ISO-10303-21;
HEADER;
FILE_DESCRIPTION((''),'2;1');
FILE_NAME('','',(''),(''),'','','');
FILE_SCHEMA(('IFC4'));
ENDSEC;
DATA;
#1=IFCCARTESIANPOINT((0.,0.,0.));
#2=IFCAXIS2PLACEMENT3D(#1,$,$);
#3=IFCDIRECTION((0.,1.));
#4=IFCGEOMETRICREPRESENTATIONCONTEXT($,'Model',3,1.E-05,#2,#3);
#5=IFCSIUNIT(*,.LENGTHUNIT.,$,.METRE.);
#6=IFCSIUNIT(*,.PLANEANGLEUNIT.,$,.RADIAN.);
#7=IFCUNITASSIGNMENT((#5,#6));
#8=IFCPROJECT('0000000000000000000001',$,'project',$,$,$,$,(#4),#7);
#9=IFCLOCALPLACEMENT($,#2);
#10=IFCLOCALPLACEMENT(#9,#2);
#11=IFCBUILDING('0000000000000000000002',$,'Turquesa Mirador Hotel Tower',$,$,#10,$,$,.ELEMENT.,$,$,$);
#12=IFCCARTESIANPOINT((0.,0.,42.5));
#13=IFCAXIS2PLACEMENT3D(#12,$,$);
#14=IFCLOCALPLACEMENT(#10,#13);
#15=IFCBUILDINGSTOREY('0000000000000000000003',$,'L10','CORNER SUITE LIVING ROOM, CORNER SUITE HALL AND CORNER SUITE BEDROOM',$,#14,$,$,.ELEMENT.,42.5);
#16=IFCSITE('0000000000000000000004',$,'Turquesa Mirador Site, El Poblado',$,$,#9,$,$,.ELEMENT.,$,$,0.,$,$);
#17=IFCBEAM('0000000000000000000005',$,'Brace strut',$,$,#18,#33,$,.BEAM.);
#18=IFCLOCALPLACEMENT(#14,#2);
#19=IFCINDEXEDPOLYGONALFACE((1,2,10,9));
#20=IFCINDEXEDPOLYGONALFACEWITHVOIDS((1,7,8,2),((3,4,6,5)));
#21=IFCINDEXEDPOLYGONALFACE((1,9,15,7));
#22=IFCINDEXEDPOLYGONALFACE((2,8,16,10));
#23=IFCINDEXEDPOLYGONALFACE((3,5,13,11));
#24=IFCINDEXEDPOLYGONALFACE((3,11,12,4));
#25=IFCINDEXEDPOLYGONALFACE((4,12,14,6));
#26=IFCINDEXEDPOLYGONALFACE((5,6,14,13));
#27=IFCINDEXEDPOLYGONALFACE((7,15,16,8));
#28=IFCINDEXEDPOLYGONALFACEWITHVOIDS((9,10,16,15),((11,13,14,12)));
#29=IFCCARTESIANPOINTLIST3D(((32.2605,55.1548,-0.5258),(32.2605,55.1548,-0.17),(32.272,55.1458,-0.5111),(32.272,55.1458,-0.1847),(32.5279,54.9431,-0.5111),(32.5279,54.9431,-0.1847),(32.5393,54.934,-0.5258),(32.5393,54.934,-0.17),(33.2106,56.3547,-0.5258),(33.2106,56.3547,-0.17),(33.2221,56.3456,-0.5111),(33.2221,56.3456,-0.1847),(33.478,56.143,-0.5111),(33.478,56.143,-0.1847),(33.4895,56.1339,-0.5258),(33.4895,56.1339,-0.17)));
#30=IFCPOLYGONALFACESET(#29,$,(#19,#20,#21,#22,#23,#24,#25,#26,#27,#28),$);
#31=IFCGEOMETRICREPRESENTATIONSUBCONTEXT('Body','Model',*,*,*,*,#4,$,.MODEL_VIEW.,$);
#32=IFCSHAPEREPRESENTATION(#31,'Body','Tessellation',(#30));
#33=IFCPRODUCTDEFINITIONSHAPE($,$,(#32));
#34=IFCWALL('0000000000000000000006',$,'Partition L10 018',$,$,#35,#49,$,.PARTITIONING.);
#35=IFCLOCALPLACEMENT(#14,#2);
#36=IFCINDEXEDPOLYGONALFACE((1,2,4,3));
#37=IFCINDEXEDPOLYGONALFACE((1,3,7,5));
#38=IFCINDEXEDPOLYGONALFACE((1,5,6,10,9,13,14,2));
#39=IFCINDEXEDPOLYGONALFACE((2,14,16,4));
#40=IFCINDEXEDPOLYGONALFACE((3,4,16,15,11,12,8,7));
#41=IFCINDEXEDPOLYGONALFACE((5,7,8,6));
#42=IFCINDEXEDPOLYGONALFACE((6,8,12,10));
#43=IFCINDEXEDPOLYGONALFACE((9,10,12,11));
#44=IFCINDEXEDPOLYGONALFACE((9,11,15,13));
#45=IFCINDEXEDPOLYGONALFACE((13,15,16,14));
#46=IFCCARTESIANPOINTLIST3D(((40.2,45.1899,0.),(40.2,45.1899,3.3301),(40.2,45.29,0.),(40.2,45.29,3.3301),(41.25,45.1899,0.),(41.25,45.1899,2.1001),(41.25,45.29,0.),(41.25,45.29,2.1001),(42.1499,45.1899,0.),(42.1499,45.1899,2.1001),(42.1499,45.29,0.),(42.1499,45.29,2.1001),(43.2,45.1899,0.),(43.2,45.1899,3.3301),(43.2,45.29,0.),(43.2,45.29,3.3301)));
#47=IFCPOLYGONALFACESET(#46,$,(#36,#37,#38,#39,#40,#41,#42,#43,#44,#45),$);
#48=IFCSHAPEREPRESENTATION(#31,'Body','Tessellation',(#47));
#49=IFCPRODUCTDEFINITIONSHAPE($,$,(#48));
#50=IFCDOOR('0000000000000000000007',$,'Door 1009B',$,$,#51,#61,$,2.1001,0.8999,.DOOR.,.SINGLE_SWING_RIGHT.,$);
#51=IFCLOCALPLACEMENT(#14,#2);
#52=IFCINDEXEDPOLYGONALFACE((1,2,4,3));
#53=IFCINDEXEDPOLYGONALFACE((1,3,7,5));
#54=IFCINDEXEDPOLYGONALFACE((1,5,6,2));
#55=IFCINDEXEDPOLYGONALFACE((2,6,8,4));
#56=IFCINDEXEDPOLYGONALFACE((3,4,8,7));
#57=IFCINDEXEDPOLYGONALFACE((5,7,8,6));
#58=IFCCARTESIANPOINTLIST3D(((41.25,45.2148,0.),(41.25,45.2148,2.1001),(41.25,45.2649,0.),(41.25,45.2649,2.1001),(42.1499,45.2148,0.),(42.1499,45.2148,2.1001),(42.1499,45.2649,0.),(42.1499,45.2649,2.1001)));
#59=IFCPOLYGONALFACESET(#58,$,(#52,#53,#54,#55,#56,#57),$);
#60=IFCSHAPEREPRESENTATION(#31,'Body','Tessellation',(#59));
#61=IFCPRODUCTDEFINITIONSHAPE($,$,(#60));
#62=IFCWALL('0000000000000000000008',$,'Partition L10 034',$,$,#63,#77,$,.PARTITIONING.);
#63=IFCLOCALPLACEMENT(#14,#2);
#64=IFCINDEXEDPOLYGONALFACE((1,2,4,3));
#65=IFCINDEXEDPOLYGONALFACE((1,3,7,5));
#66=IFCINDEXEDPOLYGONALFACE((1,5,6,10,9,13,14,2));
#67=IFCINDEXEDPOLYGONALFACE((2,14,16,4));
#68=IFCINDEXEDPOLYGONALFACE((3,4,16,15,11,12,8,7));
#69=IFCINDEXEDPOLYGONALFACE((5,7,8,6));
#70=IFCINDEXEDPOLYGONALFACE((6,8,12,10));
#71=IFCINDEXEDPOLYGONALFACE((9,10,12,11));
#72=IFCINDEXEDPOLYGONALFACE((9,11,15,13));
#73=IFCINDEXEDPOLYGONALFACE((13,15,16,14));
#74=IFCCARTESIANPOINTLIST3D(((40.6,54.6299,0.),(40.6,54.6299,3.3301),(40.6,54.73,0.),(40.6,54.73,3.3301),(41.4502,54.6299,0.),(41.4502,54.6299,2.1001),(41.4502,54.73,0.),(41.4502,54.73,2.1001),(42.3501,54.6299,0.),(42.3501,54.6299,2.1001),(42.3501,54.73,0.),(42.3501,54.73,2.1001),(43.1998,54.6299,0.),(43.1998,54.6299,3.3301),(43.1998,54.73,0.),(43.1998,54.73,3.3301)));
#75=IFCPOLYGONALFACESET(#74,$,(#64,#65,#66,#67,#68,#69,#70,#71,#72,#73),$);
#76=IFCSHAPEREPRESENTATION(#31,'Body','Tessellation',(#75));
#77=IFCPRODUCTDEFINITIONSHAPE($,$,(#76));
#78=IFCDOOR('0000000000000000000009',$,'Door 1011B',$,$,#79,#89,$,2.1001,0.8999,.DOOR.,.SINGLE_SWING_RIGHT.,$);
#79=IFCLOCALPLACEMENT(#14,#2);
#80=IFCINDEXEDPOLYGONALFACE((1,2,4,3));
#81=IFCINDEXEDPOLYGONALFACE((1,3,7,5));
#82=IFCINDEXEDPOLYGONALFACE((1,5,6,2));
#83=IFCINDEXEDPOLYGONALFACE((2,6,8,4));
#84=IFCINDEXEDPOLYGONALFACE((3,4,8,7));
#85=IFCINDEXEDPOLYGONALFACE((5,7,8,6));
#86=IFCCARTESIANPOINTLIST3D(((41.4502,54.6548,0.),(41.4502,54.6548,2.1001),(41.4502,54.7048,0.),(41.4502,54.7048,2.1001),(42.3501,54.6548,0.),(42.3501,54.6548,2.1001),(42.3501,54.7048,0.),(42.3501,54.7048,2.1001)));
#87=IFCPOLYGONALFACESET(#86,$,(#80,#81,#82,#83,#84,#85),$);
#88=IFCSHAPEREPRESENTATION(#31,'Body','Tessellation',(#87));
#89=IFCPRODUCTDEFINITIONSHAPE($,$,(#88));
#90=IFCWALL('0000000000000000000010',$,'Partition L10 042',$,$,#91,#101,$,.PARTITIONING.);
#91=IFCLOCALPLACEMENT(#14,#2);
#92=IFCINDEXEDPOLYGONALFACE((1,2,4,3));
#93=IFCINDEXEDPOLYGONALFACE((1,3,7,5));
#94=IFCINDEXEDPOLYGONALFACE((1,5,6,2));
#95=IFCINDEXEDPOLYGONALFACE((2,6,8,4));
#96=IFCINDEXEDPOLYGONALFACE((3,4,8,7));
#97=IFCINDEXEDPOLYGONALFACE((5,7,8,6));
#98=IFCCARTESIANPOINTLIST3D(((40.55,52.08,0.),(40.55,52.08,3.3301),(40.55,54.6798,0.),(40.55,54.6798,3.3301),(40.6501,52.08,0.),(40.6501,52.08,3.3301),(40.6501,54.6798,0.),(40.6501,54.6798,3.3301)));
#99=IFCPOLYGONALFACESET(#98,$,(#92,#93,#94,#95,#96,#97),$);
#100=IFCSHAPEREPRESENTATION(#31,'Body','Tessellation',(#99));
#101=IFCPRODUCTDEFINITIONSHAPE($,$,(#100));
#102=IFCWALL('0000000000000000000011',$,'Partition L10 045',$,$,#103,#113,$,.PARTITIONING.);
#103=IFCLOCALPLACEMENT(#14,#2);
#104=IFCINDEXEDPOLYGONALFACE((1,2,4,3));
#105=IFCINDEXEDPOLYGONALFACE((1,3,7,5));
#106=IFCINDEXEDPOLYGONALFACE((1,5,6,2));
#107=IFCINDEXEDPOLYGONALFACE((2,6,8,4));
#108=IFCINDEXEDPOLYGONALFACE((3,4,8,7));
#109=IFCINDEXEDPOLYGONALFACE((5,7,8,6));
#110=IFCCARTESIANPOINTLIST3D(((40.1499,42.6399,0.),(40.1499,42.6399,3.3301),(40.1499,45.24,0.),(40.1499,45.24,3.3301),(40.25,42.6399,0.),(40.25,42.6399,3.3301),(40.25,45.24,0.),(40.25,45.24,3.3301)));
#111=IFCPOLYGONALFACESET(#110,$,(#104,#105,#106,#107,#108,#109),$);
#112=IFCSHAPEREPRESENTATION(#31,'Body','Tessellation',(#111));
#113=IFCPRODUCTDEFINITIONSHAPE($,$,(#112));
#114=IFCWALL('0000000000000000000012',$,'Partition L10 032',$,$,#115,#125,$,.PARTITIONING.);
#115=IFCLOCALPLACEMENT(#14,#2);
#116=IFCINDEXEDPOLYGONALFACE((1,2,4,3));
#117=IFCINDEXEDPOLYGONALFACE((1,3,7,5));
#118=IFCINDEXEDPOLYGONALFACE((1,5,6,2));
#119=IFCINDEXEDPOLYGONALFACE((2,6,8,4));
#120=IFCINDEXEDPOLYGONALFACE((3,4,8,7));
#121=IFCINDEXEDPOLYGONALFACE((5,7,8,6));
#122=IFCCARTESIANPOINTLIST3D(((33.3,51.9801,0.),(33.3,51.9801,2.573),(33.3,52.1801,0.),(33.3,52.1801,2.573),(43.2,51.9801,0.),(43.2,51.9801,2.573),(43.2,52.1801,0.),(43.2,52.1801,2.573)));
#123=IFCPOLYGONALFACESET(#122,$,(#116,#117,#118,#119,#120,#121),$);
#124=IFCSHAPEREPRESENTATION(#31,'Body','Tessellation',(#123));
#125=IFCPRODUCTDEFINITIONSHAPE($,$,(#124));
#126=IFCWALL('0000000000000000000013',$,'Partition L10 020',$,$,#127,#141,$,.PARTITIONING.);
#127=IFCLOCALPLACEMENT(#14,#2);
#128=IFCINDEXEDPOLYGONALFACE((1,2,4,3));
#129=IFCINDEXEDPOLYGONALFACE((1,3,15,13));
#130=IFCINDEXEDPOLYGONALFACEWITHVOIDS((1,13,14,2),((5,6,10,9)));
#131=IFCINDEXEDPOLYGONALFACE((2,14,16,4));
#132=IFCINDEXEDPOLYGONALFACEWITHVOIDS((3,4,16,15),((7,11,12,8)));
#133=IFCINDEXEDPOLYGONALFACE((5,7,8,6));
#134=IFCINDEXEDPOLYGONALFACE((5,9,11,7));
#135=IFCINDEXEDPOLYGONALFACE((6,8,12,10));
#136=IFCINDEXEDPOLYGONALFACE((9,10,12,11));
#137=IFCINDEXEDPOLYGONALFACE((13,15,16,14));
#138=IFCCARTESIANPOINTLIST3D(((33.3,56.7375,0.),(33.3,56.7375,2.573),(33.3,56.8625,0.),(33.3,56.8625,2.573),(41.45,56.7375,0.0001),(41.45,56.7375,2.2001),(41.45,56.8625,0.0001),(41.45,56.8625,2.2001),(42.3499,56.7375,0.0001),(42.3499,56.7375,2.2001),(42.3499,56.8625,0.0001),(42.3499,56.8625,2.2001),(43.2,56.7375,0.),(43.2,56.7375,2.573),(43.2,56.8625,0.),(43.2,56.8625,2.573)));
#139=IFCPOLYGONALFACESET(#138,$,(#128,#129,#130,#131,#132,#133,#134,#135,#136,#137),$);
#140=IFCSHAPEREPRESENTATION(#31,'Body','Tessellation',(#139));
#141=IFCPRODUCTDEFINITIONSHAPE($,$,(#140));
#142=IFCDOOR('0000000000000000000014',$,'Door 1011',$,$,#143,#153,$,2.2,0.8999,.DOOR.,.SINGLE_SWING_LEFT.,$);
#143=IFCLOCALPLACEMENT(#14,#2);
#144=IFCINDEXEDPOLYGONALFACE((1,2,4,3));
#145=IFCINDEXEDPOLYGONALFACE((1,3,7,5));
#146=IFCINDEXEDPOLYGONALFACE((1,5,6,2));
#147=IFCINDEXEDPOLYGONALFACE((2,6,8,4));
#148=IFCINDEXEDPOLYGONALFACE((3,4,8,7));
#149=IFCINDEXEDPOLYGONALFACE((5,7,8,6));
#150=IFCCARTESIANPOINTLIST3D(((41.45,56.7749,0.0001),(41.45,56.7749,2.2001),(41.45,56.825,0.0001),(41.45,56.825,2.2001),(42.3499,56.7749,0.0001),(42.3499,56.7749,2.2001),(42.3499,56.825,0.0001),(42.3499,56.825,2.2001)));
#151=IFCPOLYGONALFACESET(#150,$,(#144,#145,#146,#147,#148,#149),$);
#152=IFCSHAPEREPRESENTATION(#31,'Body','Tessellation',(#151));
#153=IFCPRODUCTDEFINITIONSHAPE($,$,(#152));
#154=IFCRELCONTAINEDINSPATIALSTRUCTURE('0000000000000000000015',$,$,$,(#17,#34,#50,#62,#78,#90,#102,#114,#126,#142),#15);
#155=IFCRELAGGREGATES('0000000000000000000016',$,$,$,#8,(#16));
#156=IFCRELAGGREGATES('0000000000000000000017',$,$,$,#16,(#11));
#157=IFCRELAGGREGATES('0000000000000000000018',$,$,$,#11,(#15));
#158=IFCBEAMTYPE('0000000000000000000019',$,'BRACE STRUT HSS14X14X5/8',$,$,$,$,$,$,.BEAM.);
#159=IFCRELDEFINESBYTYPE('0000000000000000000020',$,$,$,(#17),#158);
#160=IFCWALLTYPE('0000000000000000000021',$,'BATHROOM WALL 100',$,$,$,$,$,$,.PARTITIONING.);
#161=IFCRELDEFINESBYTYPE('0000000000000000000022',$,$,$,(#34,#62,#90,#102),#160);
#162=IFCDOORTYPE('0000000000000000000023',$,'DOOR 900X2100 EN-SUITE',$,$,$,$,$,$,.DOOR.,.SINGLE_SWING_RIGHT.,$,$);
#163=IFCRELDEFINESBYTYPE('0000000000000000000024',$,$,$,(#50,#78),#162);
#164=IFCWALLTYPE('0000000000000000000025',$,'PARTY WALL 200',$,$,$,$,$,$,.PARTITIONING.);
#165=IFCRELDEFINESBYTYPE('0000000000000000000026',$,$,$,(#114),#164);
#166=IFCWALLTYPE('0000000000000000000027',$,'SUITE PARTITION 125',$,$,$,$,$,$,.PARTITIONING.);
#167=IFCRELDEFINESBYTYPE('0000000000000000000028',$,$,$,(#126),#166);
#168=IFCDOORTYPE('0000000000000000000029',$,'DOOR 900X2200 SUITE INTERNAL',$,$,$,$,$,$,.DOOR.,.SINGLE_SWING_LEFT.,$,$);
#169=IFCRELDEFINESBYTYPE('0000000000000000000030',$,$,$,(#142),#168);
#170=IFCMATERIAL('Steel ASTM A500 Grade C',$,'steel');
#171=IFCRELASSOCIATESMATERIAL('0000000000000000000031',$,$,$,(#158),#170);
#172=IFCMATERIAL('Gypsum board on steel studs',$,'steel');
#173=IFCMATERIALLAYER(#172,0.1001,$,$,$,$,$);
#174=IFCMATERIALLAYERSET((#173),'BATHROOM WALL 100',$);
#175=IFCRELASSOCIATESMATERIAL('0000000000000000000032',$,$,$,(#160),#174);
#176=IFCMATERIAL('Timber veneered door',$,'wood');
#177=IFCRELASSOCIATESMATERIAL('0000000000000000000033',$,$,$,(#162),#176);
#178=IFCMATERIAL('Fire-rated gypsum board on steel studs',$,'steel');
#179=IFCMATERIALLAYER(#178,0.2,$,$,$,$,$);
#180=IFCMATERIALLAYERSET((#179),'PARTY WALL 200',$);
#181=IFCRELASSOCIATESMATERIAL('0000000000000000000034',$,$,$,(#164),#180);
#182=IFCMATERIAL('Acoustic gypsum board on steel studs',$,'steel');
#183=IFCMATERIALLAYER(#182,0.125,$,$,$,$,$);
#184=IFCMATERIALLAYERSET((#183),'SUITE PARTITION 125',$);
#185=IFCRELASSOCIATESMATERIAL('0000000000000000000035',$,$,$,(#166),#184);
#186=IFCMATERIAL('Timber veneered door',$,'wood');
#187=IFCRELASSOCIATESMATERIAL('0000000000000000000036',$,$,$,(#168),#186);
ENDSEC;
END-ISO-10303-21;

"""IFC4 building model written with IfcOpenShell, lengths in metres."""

from ifc_helpers import new_model, si_unit, direction, frame, frame_2d, origin, origin_2d, place, context, subcontext, project, spatial, rectangle, hollow_rectangle, extrude, material, layer, layer_set, material_profile, profile_set, type_object, element, fill, save


model = new_model("IFC4")

# Units and contexts
model_context = context("Model", 3, precision=1e-05, world=origin(), true_north=direction((0.0, 1.0)))
body_context = subcontext(model_context, "Body", "Model", "MODEL_VIEW")
ifc_project = project(units=[si_unit("LENGTHUNIT", "METRE"), si_unit("PLANEANGLEUNIT", "RADIAN")], contexts=[model_context])

# Site, building, storey
site_placement = place(None, origin())
site = spatial("IfcSite", under=ifc_project, at=site_placement, Name="Turquesa Mirador Site, El Poblado", CompositionType="ELEMENT", RefElevation=0.0)
building_placement = place(site_placement, origin())
building = spatial("IfcBuilding", under=site, at=building_placement, Name="Turquesa Mirador Hotel Tower", CompositionType="ELEMENT")
storey_placement = place(building_placement, frame((0.0, 0.0, 42.5)))
storey = spatial("IfcBuildingStorey", under=building, at=storey_placement, Name="L10", Description="CORNER SUITE LIVING ROOM, CORNER SUITE HALL AND CORNER SUITE BEDROOM", CompositionType="ELEMENT", Elevation=42.5)

# Beam
ifc_material_1 = material(Name="Steel ASTM A500 Grade C", Category="steel")
ifc_material_profile_1 = material_profile(ifc_material_1, hollow_rectangle(XDim=0.3557, YDim=0.3557, WallThickness=0.0146, at=origin_2d()), Name="HSS14X14X5/8")
ifc_profile_set_1 = profile_set([ifc_material_profile_1], Name="Steel ASTM A500 Grade C")
beam_type_1 = type_object("IfcBeamType", Name="BRACE STRUT HSS14X14X5/8", PredefinedType="BEAM", material=ifc_profile_set_1)
for number, where, z_axis, x_axis, name in (
    (1, (32.3999, 55.0444, -0.3479), (0.620797, 0.783971, 0.0), (-0.783971, 0.620797, 0.0), "Brace strut"),
):
    element("IfcBeam", number, at=place(storey_placement, frame(where, z_axis=z_axis, x_axis=x_axis)), inside=storey, type_object=beam_type_1, Name=name, PredefinedType="BEAM", context=body_context, shape_type="SweptSolid", body=[
        extrude(hollow_rectangle(XDim=0.3557, YDim=0.3557, WallThickness=0.0146, at=origin_2d()), origin(), (0.0, 0.0, 1.0), 1.5305),
    ])

# Walls, openings, doors
ifc_material_2 = material(Name="Gypsum board on steel studs", Category="steel")
ifc_layer_1 = layer(ifc_material_2, 0.1001)
ifc_layer_set_1 = layer_set([ifc_layer_1], Name="BATHROOM WALL 100")
wall_type_1 = type_object("IfcWallType", Name="BATHROOM WALL 100", PredefinedType="PARTITIONING", material=ifc_layer_set_1)
wall_1_placement = place(storey_placement, frame((40.2, 45.24, 0.0), z_axis=(0.0, 0.0, 1.0), x_axis=(1.0, 0.0, 0.0)))
wall_1 = element("IfcWall", 2, at=wall_1_placement, inside=storey, type_object=wall_type_1, Name="Partition L10 018", PredefinedType="PARTITIONING", context=body_context, shape_type="SweptSolid", body=[
    extrude(rectangle(XDim=3.0, YDim=0.1001, at=frame_2d((1.5, 0.0))), origin(), (0.0, 0.0, 1.0), 3.3301),
])
opening_1_placement = place(wall_1_placement, frame((1.05, 0.0, 0.0)))
opening_1 = element("IfcOpeningElement", 3, at=opening_1_placement, cuts=wall_1, PredefinedType="OPENING", context=body_context, shape_type="SweptSolid", body=[
    extrude(rectangle(XDim=0.8999, YDim=2.1001, at=frame_2d((0.45, 1.05))), frame((0.0, 0.0601, 0.0), z_axis=(0.0, -1.0, 0.0), x_axis=(1.0, 0.0, 0.0)), (0.0, 0.0, 1.0), 0.1201),
])
ifc_material_3 = material(Name="Timber veneered door", Category="wood")
door_type_1 = type_object("IfcDoorType", Name="DOOR 900X2100 EN-SUITE", OperationType="SINGLE_SWING_RIGHT", PredefinedType="DOOR", material=ifc_material_3)
door_1_placement = place(opening_1_placement, origin())
door_1 = element("IfcDoor", 4, at=door_1_placement, inside=storey, type_object=door_type_1, Name="Door 1009B", OperationType="SINGLE_SWING_RIGHT", OverallHeight=2.1001, OverallWidth=0.8999, PredefinedType="DOOR", context=body_context, shape_type="SweptSolid", body=[
    extrude(rectangle(XDim=0.8999, YDim=2.1001, at=frame_2d((0.45, 1.05))), frame((0.0, 0.0249, 0.0), z_axis=(0.0, -1.0, 0.0), x_axis=(1.0, 0.0, 0.0)), (0.0, 0.0, 1.0), 0.05),
])
fill(opening_1, door_1)
wall_2_placement = place(storey_placement, frame((40.6001, 54.6799, 0.0), z_axis=(0.0, 0.0, 1.0), x_axis=(1.0, 0.0, 0.0)))
wall_2 = element("IfcWall", 5, at=wall_2_placement, inside=storey, type_object=wall_type_1, Name="Partition L10 034", PredefinedType="PARTITIONING", context=body_context, shape_type="SweptSolid", body=[
    extrude(rectangle(XDim=2.5999, YDim=0.1001, at=frame_2d((1.2998, 0.0))), origin(), (0.0, 0.0, 1.0), 3.3301),
])
opening_2_placement = place(wall_2_placement, frame((0.8501, 0.0, 0.0)))
opening_2 = element("IfcOpeningElement", 6, at=opening_2_placement, cuts=wall_2, PredefinedType="OPENING", context=body_context, shape_type="SweptSolid", body=[
    extrude(rectangle(XDim=0.8999, YDim=2.1001, at=frame_2d((0.45, 1.05))), frame((0.0, 0.0601, 0.0), z_axis=(0.0, -1.0, 0.0), x_axis=(1.0, 0.0, 0.0)), (0.0, 0.0, 1.0), 0.1201),
])
door_2_placement = place(opening_2_placement, origin())
door_2 = element("IfcDoor", 7, at=door_2_placement, inside=storey, type_object=door_type_1, Name="Door 1011B", OperationType="SINGLE_SWING_RIGHT", OverallHeight=2.1001, OverallWidth=0.8999, PredefinedType="DOOR", context=body_context, shape_type="SweptSolid", body=[
    extrude(rectangle(XDim=0.8999, YDim=2.1001, at=frame_2d((0.45, 1.05))), frame((0.0, 0.0249, 0.0), z_axis=(0.0, -1.0, 0.0), x_axis=(1.0, 0.0, 0.0)), (0.0, 0.0, 1.0), 0.05),
])
fill(opening_2, door_2)

# Walls
wall_3_placement = place(storey_placement, frame((40.6001, 52.0801, 0.0), z_axis=(0.0, 0.0, 1.0), x_axis=(0.0, 1.0, 0.0)))
element("IfcWall", 8, at=wall_3_placement, inside=storey, type_object=wall_type_1, Name="Partition L10 042", PredefinedType="PARTITIONING", context=body_context, shape_type="SweptSolid", body=[
    extrude(rectangle(XDim=2.5999, YDim=0.1001, at=frame_2d((1.2998, 0.0))), origin(), (0.0, 0.0, 1.0), 3.3301),
])
wall_4_placement = place(storey_placement, frame((40.2, 42.6399, 0.0), z_axis=(0.0, 0.0, 1.0), x_axis=(0.0, 1.0, 0.0)))
element("IfcWall", 9, at=wall_4_placement, inside=storey, type_object=wall_type_1, Name="Partition L10 045", PredefinedType="PARTITIONING", context=body_context, shape_type="SweptSolid", body=[
    extrude(rectangle(XDim=2.6001, YDim=0.1001, at=frame_2d((1.3, 0.0))), origin(), (0.0, 0.0, 1.0), 3.3301),
])
ifc_material_4 = material(Name="Fire-rated gypsum board on steel studs", Category="steel")
ifc_layer_2 = layer(ifc_material_4, 0.2)
ifc_layer_set_2 = layer_set([ifc_layer_2], Name="PARTY WALL 200")
wall_type_2 = type_object("IfcWallType", Name="PARTY WALL 200", PredefinedType="PARTITIONING", material=ifc_layer_set_2)
wall_5_placement = place(storey_placement, frame((33.3, 52.0801, 0.0), z_axis=(0.0, 0.0, 1.0), x_axis=(1.0, 0.0, 0.0)))
element("IfcWall", 10, at=wall_5_placement, inside=storey, type_object=wall_type_2, Name="Partition L10 032", PredefinedType="PARTITIONING", context=body_context, shape_type="SweptSolid", body=[
    extrude(rectangle(XDim=9.8999, YDim=0.2, at=frame_2d((4.95, 0.0))), origin(), (0.0, 0.0, 1.0), 2.573),
])

# Wall, opening, door
ifc_material_5 = material(Name="Acoustic gypsum board on steel studs", Category="steel")
ifc_layer_3 = layer(ifc_material_5, 0.125)
ifc_layer_set_3 = layer_set([ifc_layer_3], Name="SUITE PARTITION 125")
wall_type_3 = type_object("IfcWallType", Name="SUITE PARTITION 125", PredefinedType="PARTITIONING", material=ifc_layer_set_3)
wall_6_placement = place(storey_placement, frame((33.3, 56.8, 0.0), z_axis=(0.0, 0.0, 1.0), x_axis=(1.0, 0.0, 0.0)))
wall_6 = element("IfcWall", 11, at=wall_6_placement, inside=storey, type_object=wall_type_3, Name="Partition L10 020", PredefinedType="PARTITIONING", context=body_context, shape_type="SweptSolid", body=[
    extrude(rectangle(XDim=9.8999, YDim=0.125, at=frame_2d((4.95, 0.0))), origin(), (0.0, 0.0, 1.0), 2.573),
])
opening_3_placement = place(wall_6_placement, frame((8.1499, 0.0, 0.0)))
opening_3 = element("IfcOpeningElement", 12, at=opening_3_placement, cuts=wall_6, PredefinedType="OPENING", context=body_context, shape_type="SweptSolid", body=[
    extrude(rectangle(XDim=0.8999, YDim=2.2, at=frame_2d((0.45, 1.1001))), frame((0.0, 0.0725, 0.0), z_axis=(0.0, -1.0, 0.0), x_axis=(1.0, 0.0, 0.0)), (0.0, 0.0, 1.0), 0.145),
])
ifc_material_6 = material(Name="Timber veneered door", Category="wood")
door_type_2 = type_object("IfcDoorType", Name="DOOR 900X2200 SUITE INTERNAL", OperationType="SINGLE_SWING_LEFT", PredefinedType="DOOR", material=ifc_material_6)
door_3_placement = place(opening_3_placement, origin())
door_3 = element("IfcDoor", 13, at=door_3_placement, inside=storey, type_object=door_type_2, Name="Door 1011", OperationType="SINGLE_SWING_LEFT", OverallHeight=2.2, OverallWidth=0.8999, PredefinedType="DOOR", context=body_context, shape_type="SweptSolid", body=[
    extrude(rectangle(XDim=0.8999, YDim=2.2, at=frame_2d((0.45, 1.1001))), frame((0.0, 0.0249, 0.0), z_axis=(0.0, -1.0, 0.0), x_axis=(1.0, 0.0, 0.0)), (0.0, 0.0, 1.0), 0.05),
])
fill(opening_3, door_3)

save(model, "model.ifc")
